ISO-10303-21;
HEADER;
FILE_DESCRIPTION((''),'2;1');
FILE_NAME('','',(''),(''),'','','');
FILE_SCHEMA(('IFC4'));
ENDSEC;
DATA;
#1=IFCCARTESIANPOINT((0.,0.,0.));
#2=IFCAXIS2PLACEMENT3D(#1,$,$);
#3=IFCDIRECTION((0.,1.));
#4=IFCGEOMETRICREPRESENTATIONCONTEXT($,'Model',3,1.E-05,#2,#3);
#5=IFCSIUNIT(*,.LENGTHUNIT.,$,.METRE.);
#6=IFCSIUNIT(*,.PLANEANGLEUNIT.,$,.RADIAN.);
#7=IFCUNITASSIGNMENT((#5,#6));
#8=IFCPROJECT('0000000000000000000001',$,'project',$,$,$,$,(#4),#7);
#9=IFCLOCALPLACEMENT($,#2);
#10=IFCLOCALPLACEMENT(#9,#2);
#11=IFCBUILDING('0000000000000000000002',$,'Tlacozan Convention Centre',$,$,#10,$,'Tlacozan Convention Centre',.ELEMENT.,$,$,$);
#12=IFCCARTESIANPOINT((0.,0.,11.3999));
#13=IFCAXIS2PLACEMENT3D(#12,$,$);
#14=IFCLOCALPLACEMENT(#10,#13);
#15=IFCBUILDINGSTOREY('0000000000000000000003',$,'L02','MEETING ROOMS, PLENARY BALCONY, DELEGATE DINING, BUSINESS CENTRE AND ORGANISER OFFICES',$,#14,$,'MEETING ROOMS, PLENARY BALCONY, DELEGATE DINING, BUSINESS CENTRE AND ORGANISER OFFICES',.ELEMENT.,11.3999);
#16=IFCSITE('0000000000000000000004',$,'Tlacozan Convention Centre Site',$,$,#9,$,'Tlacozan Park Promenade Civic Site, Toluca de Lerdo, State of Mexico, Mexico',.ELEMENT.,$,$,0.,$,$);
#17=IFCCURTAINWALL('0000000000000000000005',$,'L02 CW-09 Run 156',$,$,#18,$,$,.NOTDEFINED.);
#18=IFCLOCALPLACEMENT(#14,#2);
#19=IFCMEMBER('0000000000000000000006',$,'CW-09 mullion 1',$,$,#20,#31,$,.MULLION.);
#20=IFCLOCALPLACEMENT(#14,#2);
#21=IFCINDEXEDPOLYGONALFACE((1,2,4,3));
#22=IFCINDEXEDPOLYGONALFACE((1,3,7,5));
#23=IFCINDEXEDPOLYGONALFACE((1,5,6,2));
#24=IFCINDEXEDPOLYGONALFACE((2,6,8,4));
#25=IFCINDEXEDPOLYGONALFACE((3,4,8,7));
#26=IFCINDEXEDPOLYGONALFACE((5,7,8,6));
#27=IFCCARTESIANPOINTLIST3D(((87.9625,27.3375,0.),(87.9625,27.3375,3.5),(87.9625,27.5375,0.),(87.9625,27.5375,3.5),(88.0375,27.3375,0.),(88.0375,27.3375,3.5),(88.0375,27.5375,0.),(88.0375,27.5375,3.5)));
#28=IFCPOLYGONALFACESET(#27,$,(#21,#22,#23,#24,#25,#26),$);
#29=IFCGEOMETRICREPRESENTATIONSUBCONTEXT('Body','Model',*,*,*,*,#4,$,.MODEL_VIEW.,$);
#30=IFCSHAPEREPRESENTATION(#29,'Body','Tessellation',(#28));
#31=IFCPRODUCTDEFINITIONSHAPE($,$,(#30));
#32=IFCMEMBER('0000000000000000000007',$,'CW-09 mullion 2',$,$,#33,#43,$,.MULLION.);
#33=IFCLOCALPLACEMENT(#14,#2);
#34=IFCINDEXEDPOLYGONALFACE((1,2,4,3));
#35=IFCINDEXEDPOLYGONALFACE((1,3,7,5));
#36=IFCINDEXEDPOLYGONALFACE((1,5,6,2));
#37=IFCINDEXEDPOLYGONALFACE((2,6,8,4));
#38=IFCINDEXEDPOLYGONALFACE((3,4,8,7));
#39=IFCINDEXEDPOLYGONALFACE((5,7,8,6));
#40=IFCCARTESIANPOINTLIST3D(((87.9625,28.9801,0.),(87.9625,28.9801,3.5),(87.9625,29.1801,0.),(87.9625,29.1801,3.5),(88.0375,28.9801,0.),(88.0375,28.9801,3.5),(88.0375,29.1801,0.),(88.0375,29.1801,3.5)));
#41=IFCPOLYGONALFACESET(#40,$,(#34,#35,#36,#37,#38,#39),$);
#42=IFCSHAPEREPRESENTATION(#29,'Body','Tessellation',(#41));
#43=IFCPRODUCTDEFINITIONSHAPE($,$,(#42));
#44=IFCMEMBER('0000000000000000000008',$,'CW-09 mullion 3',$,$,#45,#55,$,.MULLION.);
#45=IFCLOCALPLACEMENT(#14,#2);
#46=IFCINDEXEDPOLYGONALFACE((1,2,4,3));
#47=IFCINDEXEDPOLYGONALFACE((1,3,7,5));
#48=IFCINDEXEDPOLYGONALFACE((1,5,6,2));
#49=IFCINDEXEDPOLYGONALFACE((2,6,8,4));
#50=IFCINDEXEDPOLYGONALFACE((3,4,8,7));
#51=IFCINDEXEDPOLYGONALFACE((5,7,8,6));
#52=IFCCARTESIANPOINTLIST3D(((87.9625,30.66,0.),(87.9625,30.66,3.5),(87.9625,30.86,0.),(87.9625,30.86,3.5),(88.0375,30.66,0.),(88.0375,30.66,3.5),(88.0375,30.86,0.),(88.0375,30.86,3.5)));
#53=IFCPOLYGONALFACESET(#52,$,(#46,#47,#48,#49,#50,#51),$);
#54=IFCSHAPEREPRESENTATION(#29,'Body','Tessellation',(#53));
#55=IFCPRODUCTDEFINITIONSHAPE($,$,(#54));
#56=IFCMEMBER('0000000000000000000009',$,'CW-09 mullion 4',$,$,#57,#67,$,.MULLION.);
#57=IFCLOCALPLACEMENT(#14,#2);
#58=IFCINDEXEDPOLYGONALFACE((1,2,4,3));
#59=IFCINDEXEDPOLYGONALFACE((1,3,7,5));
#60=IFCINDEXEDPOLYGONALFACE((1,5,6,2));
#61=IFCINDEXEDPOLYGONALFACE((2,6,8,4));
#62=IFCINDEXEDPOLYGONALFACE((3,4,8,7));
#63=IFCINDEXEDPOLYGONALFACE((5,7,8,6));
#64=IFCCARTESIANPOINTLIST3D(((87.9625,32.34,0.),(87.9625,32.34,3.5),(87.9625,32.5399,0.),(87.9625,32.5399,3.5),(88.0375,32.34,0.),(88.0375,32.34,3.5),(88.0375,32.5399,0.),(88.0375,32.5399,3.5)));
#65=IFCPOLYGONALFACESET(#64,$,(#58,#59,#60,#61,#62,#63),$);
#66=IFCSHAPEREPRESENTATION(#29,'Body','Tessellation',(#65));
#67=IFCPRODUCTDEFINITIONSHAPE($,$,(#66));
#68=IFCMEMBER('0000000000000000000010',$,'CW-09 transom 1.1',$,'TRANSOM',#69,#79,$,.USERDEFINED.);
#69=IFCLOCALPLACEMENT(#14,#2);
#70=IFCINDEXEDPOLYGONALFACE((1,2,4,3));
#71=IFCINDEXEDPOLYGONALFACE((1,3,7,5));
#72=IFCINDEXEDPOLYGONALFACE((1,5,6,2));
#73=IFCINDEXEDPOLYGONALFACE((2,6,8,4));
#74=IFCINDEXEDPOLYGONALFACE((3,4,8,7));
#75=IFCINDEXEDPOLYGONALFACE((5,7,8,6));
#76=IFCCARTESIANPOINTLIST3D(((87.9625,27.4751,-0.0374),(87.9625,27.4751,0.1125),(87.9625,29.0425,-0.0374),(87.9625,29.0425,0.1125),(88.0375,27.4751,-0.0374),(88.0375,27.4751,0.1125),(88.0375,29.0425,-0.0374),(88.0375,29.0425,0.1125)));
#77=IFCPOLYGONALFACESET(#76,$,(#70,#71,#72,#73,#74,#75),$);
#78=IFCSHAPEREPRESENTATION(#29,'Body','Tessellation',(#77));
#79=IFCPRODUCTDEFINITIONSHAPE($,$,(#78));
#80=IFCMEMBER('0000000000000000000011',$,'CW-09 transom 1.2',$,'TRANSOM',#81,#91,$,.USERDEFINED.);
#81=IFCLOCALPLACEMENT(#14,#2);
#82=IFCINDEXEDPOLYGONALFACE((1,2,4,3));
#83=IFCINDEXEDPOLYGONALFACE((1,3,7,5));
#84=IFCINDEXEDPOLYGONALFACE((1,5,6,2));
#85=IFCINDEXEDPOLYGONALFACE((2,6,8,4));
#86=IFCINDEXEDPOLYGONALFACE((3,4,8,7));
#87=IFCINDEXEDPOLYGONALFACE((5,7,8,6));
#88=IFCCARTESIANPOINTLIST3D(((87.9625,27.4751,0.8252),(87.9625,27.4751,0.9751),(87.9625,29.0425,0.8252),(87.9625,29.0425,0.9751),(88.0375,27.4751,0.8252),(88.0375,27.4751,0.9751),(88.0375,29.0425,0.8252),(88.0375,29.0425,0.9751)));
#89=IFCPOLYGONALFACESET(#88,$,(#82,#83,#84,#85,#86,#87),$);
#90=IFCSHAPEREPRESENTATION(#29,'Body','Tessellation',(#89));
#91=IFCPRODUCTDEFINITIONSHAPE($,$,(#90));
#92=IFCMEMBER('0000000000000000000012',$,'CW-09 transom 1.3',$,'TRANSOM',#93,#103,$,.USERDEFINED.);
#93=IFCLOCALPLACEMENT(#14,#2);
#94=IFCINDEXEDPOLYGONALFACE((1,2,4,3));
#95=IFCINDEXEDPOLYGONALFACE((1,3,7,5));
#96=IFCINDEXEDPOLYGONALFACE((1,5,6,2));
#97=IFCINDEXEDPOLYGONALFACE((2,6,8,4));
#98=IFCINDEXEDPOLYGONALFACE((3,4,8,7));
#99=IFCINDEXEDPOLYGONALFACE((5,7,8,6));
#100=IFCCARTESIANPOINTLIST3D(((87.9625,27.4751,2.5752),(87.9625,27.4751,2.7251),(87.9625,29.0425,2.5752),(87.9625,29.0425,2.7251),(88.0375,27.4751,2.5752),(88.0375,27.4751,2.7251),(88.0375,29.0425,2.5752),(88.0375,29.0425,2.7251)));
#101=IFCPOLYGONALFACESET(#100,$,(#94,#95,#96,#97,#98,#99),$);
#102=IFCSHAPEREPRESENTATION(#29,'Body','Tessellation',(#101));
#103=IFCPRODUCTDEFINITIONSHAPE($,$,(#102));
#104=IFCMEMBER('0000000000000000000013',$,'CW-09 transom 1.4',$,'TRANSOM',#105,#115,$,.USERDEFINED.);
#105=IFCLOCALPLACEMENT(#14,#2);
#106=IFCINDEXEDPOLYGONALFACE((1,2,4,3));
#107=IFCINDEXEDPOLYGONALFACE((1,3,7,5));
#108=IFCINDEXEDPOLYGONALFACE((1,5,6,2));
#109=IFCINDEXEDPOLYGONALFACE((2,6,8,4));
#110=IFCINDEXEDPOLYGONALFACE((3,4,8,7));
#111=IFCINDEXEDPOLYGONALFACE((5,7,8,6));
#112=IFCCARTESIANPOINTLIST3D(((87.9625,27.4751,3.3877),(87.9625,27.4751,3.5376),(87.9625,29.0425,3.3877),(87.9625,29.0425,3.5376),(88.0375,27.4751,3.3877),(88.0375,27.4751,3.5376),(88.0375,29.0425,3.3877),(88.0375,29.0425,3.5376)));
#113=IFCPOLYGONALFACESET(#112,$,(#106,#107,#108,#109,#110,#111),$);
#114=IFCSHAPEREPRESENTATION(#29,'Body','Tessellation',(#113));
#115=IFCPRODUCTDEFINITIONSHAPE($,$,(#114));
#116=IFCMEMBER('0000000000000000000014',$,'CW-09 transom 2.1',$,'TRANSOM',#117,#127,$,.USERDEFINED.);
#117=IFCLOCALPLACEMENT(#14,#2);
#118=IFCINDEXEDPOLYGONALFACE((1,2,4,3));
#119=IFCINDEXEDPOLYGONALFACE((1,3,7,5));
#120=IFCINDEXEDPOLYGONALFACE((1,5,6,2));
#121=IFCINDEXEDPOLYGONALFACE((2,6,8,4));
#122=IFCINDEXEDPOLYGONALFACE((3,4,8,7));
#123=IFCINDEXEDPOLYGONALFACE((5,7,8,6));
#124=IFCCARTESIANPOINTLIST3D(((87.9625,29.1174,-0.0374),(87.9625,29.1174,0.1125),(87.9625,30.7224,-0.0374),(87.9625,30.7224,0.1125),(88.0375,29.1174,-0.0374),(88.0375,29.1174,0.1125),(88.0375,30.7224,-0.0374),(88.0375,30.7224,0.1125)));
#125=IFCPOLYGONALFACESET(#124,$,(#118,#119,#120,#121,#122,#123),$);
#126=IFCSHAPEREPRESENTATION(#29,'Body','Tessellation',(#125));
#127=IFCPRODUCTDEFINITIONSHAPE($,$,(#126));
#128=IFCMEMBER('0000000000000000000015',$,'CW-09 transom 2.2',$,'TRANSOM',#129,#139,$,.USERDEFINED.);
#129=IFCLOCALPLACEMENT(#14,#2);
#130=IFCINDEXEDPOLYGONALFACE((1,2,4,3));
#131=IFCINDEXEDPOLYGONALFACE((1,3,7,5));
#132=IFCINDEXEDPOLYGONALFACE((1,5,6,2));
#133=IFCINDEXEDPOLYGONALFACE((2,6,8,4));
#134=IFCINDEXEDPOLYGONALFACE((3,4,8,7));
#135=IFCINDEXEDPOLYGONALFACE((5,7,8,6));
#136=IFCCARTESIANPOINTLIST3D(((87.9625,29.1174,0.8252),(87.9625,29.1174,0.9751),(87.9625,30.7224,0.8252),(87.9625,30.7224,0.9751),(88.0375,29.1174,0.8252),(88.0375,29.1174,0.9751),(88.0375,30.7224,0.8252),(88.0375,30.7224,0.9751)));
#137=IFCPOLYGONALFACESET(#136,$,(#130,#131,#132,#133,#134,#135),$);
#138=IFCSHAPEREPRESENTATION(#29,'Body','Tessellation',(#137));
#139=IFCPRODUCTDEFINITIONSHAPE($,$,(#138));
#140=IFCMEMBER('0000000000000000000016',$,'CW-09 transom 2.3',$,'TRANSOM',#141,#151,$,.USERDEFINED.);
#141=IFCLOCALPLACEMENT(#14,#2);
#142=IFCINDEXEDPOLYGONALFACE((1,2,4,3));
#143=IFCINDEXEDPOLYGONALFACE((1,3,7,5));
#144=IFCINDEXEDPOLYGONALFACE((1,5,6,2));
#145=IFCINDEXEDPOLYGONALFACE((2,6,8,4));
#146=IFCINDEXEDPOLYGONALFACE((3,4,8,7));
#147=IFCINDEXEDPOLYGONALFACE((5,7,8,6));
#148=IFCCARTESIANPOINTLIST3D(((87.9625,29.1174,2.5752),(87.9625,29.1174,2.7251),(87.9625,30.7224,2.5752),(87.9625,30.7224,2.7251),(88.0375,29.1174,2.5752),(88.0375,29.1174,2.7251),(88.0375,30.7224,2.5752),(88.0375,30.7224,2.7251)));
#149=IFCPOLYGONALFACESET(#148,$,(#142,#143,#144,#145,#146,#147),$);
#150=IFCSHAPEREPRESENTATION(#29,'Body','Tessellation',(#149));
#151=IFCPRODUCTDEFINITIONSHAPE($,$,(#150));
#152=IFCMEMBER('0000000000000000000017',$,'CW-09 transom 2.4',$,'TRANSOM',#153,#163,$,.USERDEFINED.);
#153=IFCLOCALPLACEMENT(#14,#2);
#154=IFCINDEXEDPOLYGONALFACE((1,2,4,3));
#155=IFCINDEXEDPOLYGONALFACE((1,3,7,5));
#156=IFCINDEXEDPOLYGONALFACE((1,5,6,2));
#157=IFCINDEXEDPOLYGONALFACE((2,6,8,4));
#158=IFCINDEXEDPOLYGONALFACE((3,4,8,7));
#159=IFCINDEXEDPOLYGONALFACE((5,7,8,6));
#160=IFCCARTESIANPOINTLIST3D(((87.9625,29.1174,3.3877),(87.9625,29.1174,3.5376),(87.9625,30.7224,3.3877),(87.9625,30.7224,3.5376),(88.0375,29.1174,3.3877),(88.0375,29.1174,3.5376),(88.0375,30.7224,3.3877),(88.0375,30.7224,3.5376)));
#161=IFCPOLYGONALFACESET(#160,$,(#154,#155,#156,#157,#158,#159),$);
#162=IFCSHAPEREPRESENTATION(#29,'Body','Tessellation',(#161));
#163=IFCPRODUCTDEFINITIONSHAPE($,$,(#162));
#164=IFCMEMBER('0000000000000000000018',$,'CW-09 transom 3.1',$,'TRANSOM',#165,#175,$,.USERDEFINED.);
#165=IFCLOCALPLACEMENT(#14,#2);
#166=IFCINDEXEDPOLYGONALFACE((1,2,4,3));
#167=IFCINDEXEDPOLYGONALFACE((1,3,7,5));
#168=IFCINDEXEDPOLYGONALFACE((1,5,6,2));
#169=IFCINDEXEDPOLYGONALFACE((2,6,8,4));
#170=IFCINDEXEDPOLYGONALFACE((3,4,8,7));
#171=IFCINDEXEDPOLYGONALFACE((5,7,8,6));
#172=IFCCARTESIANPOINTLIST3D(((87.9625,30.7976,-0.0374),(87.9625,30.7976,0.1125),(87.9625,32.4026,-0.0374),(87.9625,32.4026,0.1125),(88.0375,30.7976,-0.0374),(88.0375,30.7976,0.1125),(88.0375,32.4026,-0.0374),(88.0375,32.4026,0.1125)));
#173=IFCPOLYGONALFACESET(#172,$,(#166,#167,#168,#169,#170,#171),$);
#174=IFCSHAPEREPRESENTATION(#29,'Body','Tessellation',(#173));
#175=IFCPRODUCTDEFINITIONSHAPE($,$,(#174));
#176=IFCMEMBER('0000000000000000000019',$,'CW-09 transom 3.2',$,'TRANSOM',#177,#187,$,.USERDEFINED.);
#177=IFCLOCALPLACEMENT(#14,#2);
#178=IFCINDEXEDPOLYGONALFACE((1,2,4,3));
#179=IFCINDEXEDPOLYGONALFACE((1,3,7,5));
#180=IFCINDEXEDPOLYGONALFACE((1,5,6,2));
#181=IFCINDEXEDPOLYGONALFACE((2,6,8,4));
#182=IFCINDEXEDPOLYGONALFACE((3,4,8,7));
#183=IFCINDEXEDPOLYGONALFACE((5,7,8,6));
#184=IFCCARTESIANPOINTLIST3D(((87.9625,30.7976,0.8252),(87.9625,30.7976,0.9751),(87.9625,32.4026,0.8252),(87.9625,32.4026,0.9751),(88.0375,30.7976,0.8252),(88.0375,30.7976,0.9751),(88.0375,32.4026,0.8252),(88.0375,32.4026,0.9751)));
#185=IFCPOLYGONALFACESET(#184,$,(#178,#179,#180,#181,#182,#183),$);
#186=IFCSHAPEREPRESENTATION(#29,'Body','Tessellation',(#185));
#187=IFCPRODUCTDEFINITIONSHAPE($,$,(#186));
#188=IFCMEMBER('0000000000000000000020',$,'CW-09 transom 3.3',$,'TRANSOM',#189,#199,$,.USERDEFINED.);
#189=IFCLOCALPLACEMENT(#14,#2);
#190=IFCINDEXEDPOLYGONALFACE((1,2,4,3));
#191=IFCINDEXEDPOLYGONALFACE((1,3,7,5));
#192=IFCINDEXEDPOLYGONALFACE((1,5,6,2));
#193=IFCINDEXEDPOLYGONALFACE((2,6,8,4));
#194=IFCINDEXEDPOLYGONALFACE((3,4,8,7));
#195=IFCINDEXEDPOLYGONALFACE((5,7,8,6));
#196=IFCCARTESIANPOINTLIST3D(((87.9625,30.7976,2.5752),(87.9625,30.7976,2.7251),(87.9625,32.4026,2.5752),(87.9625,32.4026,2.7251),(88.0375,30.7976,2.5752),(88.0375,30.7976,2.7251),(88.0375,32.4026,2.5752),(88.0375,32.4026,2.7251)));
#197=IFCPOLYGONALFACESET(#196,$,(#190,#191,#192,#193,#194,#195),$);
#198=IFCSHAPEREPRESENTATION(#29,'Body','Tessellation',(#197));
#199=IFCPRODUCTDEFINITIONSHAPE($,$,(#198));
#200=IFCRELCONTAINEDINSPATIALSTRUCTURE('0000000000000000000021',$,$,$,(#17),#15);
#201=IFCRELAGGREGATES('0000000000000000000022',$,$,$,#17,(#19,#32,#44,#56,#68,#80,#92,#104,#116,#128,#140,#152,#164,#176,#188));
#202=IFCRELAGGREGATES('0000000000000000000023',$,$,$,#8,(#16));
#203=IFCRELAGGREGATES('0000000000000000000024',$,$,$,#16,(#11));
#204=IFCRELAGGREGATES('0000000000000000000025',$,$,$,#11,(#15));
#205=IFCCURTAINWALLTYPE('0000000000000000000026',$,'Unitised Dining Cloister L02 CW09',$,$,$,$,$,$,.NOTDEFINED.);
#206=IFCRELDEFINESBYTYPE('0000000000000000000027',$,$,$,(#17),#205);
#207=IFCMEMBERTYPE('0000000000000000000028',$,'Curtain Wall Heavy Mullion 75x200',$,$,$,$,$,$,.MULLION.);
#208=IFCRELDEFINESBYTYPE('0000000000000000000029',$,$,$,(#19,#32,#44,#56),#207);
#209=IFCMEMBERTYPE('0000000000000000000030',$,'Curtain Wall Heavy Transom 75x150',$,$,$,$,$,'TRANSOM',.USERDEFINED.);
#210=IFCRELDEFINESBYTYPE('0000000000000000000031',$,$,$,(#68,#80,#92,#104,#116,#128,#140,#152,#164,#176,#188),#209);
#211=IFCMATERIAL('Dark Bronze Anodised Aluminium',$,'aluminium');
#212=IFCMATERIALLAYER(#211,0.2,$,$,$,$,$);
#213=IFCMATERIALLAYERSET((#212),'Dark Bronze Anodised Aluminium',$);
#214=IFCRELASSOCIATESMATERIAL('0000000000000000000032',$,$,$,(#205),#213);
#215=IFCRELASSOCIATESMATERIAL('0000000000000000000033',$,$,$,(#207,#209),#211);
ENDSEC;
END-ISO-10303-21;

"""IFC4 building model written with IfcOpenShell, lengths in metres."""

from ifc_helpers import new_model, si_unit, direction, frame, origin, origin_2d, place, context, subcontext, project, spatial, rectangle, extrude, material, layer, layer_set, material_profile, profile_set, type_object, element, aggregate, save


model = new_model("IFC4")

# Units and contexts
model_context = context("Model", 3, precision=1e-05, world=origin(), true_north=direction((0.0, 1.0)))
body_context = subcontext(model_context, "Body", "Model", "MODEL_VIEW")
ifc_project = project(units=[si_unit("LENGTHUNIT", "METRE"), si_unit("PLANEANGLEUNIT", "RADIAN")], contexts=[model_context])

# Site, building, storey
site_placement = place(None, origin())
site = spatial("IfcSite", under=ifc_project, at=site_placement, Name="Tlacozan Convention Centre Site", LongName="Tlacozan Park Promenade Civic Site, Toluca de Lerdo, State of Mexico, Mexico", CompositionType="ELEMENT", RefElevation=0.0)
building_placement = place(site_placement, origin())
building = spatial("IfcBuilding", under=site, at=building_placement, Name="Tlacozan Convention Centre", LongName="Tlacozan Convention Centre", CompositionType="ELEMENT")
storey_placement = place(building_placement, frame((0.0, 0.0, 11.3999)))
storey = spatial("IfcBuildingStorey", under=building, at=storey_placement, Name="L02", Description="MEETING ROOMS, PLENARY BALCONY, DELEGATE DINING, BUSINESS CENTRE AND ORGANISER OFFICES", LongName="MEETING ROOMS, PLENARY BALCONY, DELEGATE DINING, BUSINESS CENTRE AND ORGANISER OFFICES", CompositionType="ELEMENT", Elevation=11.3999)

# Curtain wall, members
ifc_material_1 = material(Name="Dark Bronze Anodised Aluminium", Category="aluminium")
ifc_layer_1 = layer(ifc_material_1, 0.2)
ifc_layer_set_1 = layer_set([ifc_layer_1], Name="Dark Bronze Anodised Aluminium")
curtain_wall_type = type_object("IfcCurtainWallType", Name="Unitised Dining Cloister L02 CW09", PredefinedType="NOTDEFINED", material=ifc_layer_set_1)
curtain_wall_placement = place(storey_placement, origin())
curtain_wall = element("IfcCurtainWall", 1, at=curtain_wall_placement, inside=storey, type_object=curtain_wall_type, Name="L02 CW-09 Run 156", PredefinedType="NOTDEFINED")
ifc_material_profile_1 = material_profile(ifc_material_1, rectangle(XDim=0.075, YDim=0.2, at=origin_2d()), Name="ALU 75x200")
ifc_profile_set_1 = profile_set([ifc_material_profile_1], Name="Dark Bronze Anodised Aluminium")
member_type_1 = type_object("IfcMemberType", Name="Curtain Wall Heavy Mullion 75x200", PredefinedType="MULLION", material=ifc_profile_set_1)
member_1_placement = place(storey_placement, frame((88.0, 27.4375, 0.0), z_axis=(0.0, 0.0, 1.0), x_axis=(-1.0, 0.0, 0.0)))
member_1 = element("IfcMember", 2, at=member_1_placement, type_object=member_type_1, Name="CW-09 mullion 1", PredefinedType="MULLION", context=body_context, shape_type="SweptSolid", body=[
    extrude(rectangle(XDim=0.075, YDim=0.2, at=origin_2d()), origin(), (0.0, 0.0, 1.0), 3.5),
])
member_2_placement = place(storey_placement, frame((88.0, 29.0801, 0.0), z_axis=(0.0, 0.0, 1.0), x_axis=(-1.0, 0.0, 0.0)))
member_2 = element("IfcMember", 3, at=member_2_placement, type_object=member_type_1, Name="CW-09 mullion 2", PredefinedType="MULLION", context=body_context, shape_type="SweptSolid", body=[
    extrude(rectangle(XDim=0.075, YDim=0.2, at=origin_2d()), origin(), (0.0, 0.0, 1.0), 3.5),
])
member_3_placement = place(storey_placement, frame((88.0, 30.76, 0.0), z_axis=(0.0, 0.0, 1.0), x_axis=(-1.0, 0.0, 0.0)))
member_3 = element("IfcMember", 4, at=member_3_placement, type_object=member_type_1, Name="CW-09 mullion 3", PredefinedType="MULLION", context=body_context, shape_type="SweptSolid", body=[
    extrude(rectangle(XDim=0.075, YDim=0.2, at=origin_2d()), origin(), (0.0, 0.0, 1.0), 3.5),
])
member_4_placement = place(storey_placement, frame((88.0, 32.4399, 0.0), z_axis=(0.0, 0.0, 1.0), x_axis=(-1.0, 0.0, 0.0)))
member_4 = element("IfcMember", 5, at=member_4_placement, type_object=member_type_1, Name="CW-09 mullion 4", PredefinedType="MULLION", context=body_context, shape_type="SweptSolid", body=[
    extrude(rectangle(XDim=0.075, YDim=0.2, at=origin_2d()), origin(), (0.0, 0.0, 1.0), 3.5),
])
ifc_material_profile_2 = material_profile(ifc_material_1, rectangle(XDim=0.075, YDim=0.1499, at=origin_2d()), Name="ALU 75x150")
ifc_profile_set_2 = profile_set([ifc_material_profile_2], Name="Dark Bronze Anodised Aluminium")
member_type_2 = type_object("IfcMemberType", Name="Curtain Wall Heavy Transom 75x150", ElementType="TRANSOM", PredefinedType="USERDEFINED", material=ifc_profile_set_2)
member_5_placement = place(storey_placement, frame((88.0, 27.4751, 0.0376), z_axis=(0.0, 1.0, 0.0), x_axis=(-1.0, 0.0, 0.0)))
member_5 = element("IfcMember", 6, at=member_5_placement, type_object=member_type_2, Name="CW-09 transom 1.1", ObjectType="TRANSOM", PredefinedType="USERDEFINED", context=body_context, shape_type="SweptSolid", body=[
    extrude(rectangle(XDim=0.075, YDim=0.1499, at=origin_2d()), origin(), (0.0, 0.0, 1.0), 1.5674),
])
member_6_placement = place(storey_placement, frame((88.0, 27.4751, 0.9001), z_axis=(0.0, 1.0, 0.0), x_axis=(-1.0, 0.0, 0.0)))
member_6 = element("IfcMember", 7, at=member_6_placement, type_object=member_type_2, Name="CW-09 transom 1.2", ObjectType="TRANSOM", PredefinedType="USERDEFINED", context=body_context, shape_type="SweptSolid", body=[
    extrude(rectangle(XDim=0.075, YDim=0.1499, at=origin_2d()), origin(), (0.0, 0.0, 1.0), 1.5674),
])
member_7_placement = place(storey_placement, frame((88.0, 27.4751, 2.6501), z_axis=(0.0, 1.0, 0.0), x_axis=(-1.0, 0.0, 0.0)))
member_7 = element("IfcMember", 8, at=member_7_placement, type_object=member_type_2, Name="CW-09 transom 1.3", ObjectType="TRANSOM", PredefinedType="USERDEFINED", context=body_context, shape_type="SweptSolid", body=[
    extrude(rectangle(XDim=0.075, YDim=0.1499, at=origin_2d()), origin(), (0.0, 0.0, 1.0), 1.5674),
])
member_8_placement = place(storey_placement, frame((88.0, 27.4751, 3.4626), z_axis=(0.0, 1.0, 0.0), x_axis=(-1.0, 0.0, 0.0)))
member_8 = element("IfcMember", 9, at=member_8_placement, type_object=member_type_2, Name="CW-09 transom 1.4", ObjectType="TRANSOM", PredefinedType="USERDEFINED", context=body_context, shape_type="SweptSolid", body=[
    extrude(rectangle(XDim=0.075, YDim=0.1499, at=origin_2d()), origin(), (0.0, 0.0, 1.0), 1.5674),
])
member_9_placement = place(storey_placement, frame((88.0, 29.1174, 0.0376), z_axis=(0.0, 1.0, 0.0), x_axis=(-1.0, 0.0, 0.0)))
member_9 = element("IfcMember", 10, at=member_9_placement, type_object=member_type_2, Name="CW-09 transom 2.1", ObjectType="TRANSOM", PredefinedType="USERDEFINED", context=body_context, shape_type="SweptSolid", body=[
    extrude(rectangle(XDim=0.075, YDim=0.1499, at=origin_2d()), origin(), (0.0, 0.0, 1.0), 1.605),
])
member_10_placement = place(storey_placement, frame((88.0, 29.1174, 0.9001), z_axis=(0.0, 1.0, 0.0), x_axis=(-1.0, 0.0, 0.0)))
member_10 = element("IfcMember", 11, at=member_10_placement, type_object=member_type_2, Name="CW-09 transom 2.2", ObjectType="TRANSOM", PredefinedType="USERDEFINED", context=body_context, shape_type="SweptSolid", body=[
    extrude(rectangle(XDim=0.075, YDim=0.1499, at=origin_2d()), origin(), (0.0, 0.0, 1.0), 1.605),
])
member_11_placement = place(storey_placement, frame((88.0, 29.1174, 2.6501), z_axis=(0.0, 1.0, 0.0), x_axis=(-1.0, 0.0, 0.0)))
member_11 = element("IfcMember", 12, at=member_11_placement, type_object=member_type_2, Name="CW-09 transom 2.3", ObjectType="TRANSOM", PredefinedType="USERDEFINED", context=body_context, shape_type="SweptSolid", body=[
    extrude(rectangle(XDim=0.075, YDim=0.1499, at=origin_2d()), origin(), (0.0, 0.0, 1.0), 1.605),
])
member_12_placement = place(storey_placement, frame((88.0, 29.1174, 3.4626), z_axis=(0.0, 1.0, 0.0), x_axis=(-1.0, 0.0, 0.0)))
member_12 = element("IfcMember", 13, at=member_12_placement, type_object=member_type_2, Name="CW-09 transom 2.4", ObjectType="TRANSOM", PredefinedType="USERDEFINED", context=body_context, shape_type="SweptSolid", body=[
    extrude(rectangle(XDim=0.075, YDim=0.1499, at=origin_2d()), origin(), (0.0, 0.0, 1.0), 1.605),
])
member_13_placement = place(storey_placement, frame((88.0, 30.7976, 0.0376), z_axis=(0.0, 1.0, 0.0), x_axis=(-1.0, 0.0, 0.0)))
member_13 = element("IfcMember", 14, at=member_13_placement, type_object=member_type_2, Name="CW-09 transom 3.1", ObjectType="TRANSOM", PredefinedType="USERDEFINED", context=body_context, shape_type="SweptSolid", body=[
    extrude(rectangle(XDim=0.075, YDim=0.1499, at=origin_2d()), origin(), (0.0, 0.0, 1.0), 1.605),
])
member_14_placement = place(storey_placement, frame((88.0, 30.7976, 0.9001), z_axis=(0.0, 1.0, 0.0), x_axis=(-1.0, 0.0, 0.0)))
member_14 = element("IfcMember", 15, at=member_14_placement, type_object=member_type_2, Name="CW-09 transom 3.2", ObjectType="TRANSOM", PredefinedType="USERDEFINED", context=body_context, shape_type="SweptSolid", body=[
    extrude(rectangle(XDim=0.075, YDim=0.1499, at=origin_2d()), origin(), (0.0, 0.0, 1.0), 1.605),
])
member_15_placement = place(storey_placement, frame((88.0, 30.7976, 2.6501), z_axis=(0.0, 1.0, 0.0), x_axis=(-1.0, 0.0, 0.0)))
member_15 = element("IfcMember", 16, at=member_15_placement, type_object=member_type_2, Name="CW-09 transom 3.3", ObjectType="TRANSOM", PredefinedType="USERDEFINED", context=body_context, shape_type="SweptSolid", body=[
    extrude(rectangle(XDim=0.075, YDim=0.1499, at=origin_2d()), origin(), (0.0, 0.0, 1.0), 1.605),
])
aggregate(curtain_wall, [member_1, member_2, member_3, member_4, member_5, member_6, member_7, member_8, member_9, member_10, member_11, member_12, member_13, member_14, member_15])

save(model, "model.ifc")
